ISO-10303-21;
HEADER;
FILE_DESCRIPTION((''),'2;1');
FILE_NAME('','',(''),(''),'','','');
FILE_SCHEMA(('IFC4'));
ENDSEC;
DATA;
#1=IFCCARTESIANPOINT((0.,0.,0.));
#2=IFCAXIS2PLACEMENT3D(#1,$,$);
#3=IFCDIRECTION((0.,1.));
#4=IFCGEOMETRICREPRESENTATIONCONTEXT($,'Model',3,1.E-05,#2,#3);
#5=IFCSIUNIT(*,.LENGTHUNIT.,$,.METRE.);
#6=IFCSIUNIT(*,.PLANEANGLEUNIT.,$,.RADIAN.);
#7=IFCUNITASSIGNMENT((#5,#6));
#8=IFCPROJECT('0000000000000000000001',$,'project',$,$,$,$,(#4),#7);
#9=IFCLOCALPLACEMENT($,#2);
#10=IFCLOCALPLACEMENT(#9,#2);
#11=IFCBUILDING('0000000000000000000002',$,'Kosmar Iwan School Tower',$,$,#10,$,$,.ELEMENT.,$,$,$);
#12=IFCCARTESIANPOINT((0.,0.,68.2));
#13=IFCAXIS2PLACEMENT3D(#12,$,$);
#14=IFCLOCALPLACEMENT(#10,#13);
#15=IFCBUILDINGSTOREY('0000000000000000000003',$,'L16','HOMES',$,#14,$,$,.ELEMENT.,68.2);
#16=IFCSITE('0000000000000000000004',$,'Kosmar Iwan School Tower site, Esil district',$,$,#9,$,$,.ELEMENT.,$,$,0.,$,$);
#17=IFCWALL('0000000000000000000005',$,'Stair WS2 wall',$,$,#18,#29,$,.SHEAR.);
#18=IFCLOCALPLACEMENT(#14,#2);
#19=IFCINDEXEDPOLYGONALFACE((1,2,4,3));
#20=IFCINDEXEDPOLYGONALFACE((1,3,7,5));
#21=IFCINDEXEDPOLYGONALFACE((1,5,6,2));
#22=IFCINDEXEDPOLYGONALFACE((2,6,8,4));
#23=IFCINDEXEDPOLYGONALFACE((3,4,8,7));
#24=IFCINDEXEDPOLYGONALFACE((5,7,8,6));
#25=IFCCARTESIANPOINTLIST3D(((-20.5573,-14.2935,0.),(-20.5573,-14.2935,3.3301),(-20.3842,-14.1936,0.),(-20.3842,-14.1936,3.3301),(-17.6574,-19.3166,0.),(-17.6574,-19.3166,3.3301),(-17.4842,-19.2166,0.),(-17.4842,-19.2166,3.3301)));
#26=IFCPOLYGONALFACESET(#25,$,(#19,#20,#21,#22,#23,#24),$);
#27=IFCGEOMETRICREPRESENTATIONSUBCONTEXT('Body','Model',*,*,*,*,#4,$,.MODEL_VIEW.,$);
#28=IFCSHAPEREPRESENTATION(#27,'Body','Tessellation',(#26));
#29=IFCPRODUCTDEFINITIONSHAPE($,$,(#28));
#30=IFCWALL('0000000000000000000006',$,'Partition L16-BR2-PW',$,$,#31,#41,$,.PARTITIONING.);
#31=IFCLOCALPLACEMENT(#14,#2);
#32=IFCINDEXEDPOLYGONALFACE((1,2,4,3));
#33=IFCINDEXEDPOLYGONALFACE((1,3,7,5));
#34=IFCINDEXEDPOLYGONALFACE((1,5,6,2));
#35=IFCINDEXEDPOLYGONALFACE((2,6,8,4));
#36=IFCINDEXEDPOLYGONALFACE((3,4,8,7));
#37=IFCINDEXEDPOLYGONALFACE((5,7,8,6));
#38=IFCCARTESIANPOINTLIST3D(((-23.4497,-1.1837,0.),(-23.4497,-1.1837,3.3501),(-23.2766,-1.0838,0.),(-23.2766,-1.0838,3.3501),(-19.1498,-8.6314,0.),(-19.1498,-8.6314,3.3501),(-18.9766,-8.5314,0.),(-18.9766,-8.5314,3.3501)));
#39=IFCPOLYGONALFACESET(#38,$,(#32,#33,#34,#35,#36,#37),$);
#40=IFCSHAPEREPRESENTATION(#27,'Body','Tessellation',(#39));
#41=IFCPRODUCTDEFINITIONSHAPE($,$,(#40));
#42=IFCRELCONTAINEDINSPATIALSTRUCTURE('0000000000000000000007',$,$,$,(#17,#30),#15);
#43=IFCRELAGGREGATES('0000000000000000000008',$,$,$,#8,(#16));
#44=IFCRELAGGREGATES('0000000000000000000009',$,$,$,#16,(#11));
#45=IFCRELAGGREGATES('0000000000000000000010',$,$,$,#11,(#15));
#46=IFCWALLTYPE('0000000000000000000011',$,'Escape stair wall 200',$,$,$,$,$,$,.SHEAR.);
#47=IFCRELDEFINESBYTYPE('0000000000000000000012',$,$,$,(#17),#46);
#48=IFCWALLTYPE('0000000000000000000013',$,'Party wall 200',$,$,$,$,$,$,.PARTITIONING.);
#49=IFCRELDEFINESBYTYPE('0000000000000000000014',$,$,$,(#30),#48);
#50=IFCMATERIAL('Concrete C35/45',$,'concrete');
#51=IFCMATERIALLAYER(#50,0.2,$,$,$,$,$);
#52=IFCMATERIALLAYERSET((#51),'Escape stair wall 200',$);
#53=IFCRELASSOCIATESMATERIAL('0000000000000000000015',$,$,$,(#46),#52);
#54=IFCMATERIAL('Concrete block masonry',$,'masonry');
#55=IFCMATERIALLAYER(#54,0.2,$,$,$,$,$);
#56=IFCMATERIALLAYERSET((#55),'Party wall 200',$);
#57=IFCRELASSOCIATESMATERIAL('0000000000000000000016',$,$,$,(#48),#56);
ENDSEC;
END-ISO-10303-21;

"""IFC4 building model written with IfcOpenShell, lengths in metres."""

from ifc_helpers import new_model, si_unit, direction, frame, frame_2d, origin, place, context, subcontext, project, spatial, rectangle, extrude, material, layer, layer_set, type_object, element, save


model = new_model("IFC4")

# Units and contexts
model_context = context("Model", 3, precision=1e-05, world=origin(), true_north=direction((0.0, 1.0)))
body_context = subcontext(model_context, "Body", "Model", "MODEL_VIEW")
ifc_project = project(units=[si_unit("LENGTHUNIT", "METRE"), si_unit("PLANEANGLEUNIT", "RADIAN")], contexts=[model_context])

# Site, building, storey
site_placement = place(None, origin())
site = spatial("IfcSite", under=ifc_project, at=site_placement, Name="Kosmar Iwan School Tower site, Esil district", CompositionType="ELEMENT", RefElevation=0.0)
building_placement = place(site_placement, origin())
building = spatial("IfcBuilding", under=site, at=building_placement, Name="Kosmar Iwan School Tower", CompositionType="ELEMENT")
storey_placement = place(building_placement, frame((0.0, 0.0, 68.2)))
storey = spatial("IfcBuildingStorey", under=building, at=storey_placement, Name="L16", Description="HOMES", CompositionType="ELEMENT", Elevation=68.2)

# Walls
ifc_material_1 = material(Name="Concrete C35/45", Category="concrete")
ifc_layer_1 = layer(ifc_material_1, 0.2)
ifc_layer_set_1 = layer_set([ifc_layer_1], Name="Escape stair wall 200")
wall_type_1 = type_object("IfcWallType", Name="Escape stair wall 200", PredefinedType="SHEAR", material=ifc_layer_set_1)
wall_1_placement = place(storey_placement, frame((-20.4707, -14.2437, 0.0), z_axis=(0.0, 0.0, 1.0), x_axis=(0.499987, -0.866033, 0.0)))
element("IfcWall", 1, at=wall_1_placement, inside=storey, type_object=wall_type_1, Name="Stair WS2 wall", PredefinedType="SHEAR", context=body_context, shape_type="SweptSolid", body=[
    extrude(rectangle(XDim=5.8, YDim=0.2, at=frame_2d((2.8999, 0.0))), origin(), (0.0, 0.0, 1.0), 3.3301),
])
ifc_material_2 = material(Name="Concrete block masonry", Category="masonry")
ifc_layer_2 = layer(ifc_material_2, 0.2)
ifc_layer_set_2 = layer_set([ifc_layer_2], Name="Party wall 200")
wall_type_2 = type_object("IfcWallType", Name="Party wall 200", PredefinedType="PARTITIONING", material=ifc_layer_set_2)
wall_2_placement = place(storey_placement, frame((-19.0632, -8.5813, 0.0), z_axis=(0.0, 0.0, 1.0), x_axis=(-0.500008, 0.866021, 0.0)))
element("IfcWall", 2, at=wall_2_placement, inside=storey, type_object=wall_type_2, Name="Partition L16-BR2-PW", PredefinedType="PARTITIONING", context=body_context, shape_type="SweptSolid", body=[
    extrude(rectangle(XDim=8.5999, YDim=0.2, at=frame_2d((4.2998, 0.0))), origin(), (0.0, 0.0, 1.0), 3.3501),
])

save(model, "model.ifc")
